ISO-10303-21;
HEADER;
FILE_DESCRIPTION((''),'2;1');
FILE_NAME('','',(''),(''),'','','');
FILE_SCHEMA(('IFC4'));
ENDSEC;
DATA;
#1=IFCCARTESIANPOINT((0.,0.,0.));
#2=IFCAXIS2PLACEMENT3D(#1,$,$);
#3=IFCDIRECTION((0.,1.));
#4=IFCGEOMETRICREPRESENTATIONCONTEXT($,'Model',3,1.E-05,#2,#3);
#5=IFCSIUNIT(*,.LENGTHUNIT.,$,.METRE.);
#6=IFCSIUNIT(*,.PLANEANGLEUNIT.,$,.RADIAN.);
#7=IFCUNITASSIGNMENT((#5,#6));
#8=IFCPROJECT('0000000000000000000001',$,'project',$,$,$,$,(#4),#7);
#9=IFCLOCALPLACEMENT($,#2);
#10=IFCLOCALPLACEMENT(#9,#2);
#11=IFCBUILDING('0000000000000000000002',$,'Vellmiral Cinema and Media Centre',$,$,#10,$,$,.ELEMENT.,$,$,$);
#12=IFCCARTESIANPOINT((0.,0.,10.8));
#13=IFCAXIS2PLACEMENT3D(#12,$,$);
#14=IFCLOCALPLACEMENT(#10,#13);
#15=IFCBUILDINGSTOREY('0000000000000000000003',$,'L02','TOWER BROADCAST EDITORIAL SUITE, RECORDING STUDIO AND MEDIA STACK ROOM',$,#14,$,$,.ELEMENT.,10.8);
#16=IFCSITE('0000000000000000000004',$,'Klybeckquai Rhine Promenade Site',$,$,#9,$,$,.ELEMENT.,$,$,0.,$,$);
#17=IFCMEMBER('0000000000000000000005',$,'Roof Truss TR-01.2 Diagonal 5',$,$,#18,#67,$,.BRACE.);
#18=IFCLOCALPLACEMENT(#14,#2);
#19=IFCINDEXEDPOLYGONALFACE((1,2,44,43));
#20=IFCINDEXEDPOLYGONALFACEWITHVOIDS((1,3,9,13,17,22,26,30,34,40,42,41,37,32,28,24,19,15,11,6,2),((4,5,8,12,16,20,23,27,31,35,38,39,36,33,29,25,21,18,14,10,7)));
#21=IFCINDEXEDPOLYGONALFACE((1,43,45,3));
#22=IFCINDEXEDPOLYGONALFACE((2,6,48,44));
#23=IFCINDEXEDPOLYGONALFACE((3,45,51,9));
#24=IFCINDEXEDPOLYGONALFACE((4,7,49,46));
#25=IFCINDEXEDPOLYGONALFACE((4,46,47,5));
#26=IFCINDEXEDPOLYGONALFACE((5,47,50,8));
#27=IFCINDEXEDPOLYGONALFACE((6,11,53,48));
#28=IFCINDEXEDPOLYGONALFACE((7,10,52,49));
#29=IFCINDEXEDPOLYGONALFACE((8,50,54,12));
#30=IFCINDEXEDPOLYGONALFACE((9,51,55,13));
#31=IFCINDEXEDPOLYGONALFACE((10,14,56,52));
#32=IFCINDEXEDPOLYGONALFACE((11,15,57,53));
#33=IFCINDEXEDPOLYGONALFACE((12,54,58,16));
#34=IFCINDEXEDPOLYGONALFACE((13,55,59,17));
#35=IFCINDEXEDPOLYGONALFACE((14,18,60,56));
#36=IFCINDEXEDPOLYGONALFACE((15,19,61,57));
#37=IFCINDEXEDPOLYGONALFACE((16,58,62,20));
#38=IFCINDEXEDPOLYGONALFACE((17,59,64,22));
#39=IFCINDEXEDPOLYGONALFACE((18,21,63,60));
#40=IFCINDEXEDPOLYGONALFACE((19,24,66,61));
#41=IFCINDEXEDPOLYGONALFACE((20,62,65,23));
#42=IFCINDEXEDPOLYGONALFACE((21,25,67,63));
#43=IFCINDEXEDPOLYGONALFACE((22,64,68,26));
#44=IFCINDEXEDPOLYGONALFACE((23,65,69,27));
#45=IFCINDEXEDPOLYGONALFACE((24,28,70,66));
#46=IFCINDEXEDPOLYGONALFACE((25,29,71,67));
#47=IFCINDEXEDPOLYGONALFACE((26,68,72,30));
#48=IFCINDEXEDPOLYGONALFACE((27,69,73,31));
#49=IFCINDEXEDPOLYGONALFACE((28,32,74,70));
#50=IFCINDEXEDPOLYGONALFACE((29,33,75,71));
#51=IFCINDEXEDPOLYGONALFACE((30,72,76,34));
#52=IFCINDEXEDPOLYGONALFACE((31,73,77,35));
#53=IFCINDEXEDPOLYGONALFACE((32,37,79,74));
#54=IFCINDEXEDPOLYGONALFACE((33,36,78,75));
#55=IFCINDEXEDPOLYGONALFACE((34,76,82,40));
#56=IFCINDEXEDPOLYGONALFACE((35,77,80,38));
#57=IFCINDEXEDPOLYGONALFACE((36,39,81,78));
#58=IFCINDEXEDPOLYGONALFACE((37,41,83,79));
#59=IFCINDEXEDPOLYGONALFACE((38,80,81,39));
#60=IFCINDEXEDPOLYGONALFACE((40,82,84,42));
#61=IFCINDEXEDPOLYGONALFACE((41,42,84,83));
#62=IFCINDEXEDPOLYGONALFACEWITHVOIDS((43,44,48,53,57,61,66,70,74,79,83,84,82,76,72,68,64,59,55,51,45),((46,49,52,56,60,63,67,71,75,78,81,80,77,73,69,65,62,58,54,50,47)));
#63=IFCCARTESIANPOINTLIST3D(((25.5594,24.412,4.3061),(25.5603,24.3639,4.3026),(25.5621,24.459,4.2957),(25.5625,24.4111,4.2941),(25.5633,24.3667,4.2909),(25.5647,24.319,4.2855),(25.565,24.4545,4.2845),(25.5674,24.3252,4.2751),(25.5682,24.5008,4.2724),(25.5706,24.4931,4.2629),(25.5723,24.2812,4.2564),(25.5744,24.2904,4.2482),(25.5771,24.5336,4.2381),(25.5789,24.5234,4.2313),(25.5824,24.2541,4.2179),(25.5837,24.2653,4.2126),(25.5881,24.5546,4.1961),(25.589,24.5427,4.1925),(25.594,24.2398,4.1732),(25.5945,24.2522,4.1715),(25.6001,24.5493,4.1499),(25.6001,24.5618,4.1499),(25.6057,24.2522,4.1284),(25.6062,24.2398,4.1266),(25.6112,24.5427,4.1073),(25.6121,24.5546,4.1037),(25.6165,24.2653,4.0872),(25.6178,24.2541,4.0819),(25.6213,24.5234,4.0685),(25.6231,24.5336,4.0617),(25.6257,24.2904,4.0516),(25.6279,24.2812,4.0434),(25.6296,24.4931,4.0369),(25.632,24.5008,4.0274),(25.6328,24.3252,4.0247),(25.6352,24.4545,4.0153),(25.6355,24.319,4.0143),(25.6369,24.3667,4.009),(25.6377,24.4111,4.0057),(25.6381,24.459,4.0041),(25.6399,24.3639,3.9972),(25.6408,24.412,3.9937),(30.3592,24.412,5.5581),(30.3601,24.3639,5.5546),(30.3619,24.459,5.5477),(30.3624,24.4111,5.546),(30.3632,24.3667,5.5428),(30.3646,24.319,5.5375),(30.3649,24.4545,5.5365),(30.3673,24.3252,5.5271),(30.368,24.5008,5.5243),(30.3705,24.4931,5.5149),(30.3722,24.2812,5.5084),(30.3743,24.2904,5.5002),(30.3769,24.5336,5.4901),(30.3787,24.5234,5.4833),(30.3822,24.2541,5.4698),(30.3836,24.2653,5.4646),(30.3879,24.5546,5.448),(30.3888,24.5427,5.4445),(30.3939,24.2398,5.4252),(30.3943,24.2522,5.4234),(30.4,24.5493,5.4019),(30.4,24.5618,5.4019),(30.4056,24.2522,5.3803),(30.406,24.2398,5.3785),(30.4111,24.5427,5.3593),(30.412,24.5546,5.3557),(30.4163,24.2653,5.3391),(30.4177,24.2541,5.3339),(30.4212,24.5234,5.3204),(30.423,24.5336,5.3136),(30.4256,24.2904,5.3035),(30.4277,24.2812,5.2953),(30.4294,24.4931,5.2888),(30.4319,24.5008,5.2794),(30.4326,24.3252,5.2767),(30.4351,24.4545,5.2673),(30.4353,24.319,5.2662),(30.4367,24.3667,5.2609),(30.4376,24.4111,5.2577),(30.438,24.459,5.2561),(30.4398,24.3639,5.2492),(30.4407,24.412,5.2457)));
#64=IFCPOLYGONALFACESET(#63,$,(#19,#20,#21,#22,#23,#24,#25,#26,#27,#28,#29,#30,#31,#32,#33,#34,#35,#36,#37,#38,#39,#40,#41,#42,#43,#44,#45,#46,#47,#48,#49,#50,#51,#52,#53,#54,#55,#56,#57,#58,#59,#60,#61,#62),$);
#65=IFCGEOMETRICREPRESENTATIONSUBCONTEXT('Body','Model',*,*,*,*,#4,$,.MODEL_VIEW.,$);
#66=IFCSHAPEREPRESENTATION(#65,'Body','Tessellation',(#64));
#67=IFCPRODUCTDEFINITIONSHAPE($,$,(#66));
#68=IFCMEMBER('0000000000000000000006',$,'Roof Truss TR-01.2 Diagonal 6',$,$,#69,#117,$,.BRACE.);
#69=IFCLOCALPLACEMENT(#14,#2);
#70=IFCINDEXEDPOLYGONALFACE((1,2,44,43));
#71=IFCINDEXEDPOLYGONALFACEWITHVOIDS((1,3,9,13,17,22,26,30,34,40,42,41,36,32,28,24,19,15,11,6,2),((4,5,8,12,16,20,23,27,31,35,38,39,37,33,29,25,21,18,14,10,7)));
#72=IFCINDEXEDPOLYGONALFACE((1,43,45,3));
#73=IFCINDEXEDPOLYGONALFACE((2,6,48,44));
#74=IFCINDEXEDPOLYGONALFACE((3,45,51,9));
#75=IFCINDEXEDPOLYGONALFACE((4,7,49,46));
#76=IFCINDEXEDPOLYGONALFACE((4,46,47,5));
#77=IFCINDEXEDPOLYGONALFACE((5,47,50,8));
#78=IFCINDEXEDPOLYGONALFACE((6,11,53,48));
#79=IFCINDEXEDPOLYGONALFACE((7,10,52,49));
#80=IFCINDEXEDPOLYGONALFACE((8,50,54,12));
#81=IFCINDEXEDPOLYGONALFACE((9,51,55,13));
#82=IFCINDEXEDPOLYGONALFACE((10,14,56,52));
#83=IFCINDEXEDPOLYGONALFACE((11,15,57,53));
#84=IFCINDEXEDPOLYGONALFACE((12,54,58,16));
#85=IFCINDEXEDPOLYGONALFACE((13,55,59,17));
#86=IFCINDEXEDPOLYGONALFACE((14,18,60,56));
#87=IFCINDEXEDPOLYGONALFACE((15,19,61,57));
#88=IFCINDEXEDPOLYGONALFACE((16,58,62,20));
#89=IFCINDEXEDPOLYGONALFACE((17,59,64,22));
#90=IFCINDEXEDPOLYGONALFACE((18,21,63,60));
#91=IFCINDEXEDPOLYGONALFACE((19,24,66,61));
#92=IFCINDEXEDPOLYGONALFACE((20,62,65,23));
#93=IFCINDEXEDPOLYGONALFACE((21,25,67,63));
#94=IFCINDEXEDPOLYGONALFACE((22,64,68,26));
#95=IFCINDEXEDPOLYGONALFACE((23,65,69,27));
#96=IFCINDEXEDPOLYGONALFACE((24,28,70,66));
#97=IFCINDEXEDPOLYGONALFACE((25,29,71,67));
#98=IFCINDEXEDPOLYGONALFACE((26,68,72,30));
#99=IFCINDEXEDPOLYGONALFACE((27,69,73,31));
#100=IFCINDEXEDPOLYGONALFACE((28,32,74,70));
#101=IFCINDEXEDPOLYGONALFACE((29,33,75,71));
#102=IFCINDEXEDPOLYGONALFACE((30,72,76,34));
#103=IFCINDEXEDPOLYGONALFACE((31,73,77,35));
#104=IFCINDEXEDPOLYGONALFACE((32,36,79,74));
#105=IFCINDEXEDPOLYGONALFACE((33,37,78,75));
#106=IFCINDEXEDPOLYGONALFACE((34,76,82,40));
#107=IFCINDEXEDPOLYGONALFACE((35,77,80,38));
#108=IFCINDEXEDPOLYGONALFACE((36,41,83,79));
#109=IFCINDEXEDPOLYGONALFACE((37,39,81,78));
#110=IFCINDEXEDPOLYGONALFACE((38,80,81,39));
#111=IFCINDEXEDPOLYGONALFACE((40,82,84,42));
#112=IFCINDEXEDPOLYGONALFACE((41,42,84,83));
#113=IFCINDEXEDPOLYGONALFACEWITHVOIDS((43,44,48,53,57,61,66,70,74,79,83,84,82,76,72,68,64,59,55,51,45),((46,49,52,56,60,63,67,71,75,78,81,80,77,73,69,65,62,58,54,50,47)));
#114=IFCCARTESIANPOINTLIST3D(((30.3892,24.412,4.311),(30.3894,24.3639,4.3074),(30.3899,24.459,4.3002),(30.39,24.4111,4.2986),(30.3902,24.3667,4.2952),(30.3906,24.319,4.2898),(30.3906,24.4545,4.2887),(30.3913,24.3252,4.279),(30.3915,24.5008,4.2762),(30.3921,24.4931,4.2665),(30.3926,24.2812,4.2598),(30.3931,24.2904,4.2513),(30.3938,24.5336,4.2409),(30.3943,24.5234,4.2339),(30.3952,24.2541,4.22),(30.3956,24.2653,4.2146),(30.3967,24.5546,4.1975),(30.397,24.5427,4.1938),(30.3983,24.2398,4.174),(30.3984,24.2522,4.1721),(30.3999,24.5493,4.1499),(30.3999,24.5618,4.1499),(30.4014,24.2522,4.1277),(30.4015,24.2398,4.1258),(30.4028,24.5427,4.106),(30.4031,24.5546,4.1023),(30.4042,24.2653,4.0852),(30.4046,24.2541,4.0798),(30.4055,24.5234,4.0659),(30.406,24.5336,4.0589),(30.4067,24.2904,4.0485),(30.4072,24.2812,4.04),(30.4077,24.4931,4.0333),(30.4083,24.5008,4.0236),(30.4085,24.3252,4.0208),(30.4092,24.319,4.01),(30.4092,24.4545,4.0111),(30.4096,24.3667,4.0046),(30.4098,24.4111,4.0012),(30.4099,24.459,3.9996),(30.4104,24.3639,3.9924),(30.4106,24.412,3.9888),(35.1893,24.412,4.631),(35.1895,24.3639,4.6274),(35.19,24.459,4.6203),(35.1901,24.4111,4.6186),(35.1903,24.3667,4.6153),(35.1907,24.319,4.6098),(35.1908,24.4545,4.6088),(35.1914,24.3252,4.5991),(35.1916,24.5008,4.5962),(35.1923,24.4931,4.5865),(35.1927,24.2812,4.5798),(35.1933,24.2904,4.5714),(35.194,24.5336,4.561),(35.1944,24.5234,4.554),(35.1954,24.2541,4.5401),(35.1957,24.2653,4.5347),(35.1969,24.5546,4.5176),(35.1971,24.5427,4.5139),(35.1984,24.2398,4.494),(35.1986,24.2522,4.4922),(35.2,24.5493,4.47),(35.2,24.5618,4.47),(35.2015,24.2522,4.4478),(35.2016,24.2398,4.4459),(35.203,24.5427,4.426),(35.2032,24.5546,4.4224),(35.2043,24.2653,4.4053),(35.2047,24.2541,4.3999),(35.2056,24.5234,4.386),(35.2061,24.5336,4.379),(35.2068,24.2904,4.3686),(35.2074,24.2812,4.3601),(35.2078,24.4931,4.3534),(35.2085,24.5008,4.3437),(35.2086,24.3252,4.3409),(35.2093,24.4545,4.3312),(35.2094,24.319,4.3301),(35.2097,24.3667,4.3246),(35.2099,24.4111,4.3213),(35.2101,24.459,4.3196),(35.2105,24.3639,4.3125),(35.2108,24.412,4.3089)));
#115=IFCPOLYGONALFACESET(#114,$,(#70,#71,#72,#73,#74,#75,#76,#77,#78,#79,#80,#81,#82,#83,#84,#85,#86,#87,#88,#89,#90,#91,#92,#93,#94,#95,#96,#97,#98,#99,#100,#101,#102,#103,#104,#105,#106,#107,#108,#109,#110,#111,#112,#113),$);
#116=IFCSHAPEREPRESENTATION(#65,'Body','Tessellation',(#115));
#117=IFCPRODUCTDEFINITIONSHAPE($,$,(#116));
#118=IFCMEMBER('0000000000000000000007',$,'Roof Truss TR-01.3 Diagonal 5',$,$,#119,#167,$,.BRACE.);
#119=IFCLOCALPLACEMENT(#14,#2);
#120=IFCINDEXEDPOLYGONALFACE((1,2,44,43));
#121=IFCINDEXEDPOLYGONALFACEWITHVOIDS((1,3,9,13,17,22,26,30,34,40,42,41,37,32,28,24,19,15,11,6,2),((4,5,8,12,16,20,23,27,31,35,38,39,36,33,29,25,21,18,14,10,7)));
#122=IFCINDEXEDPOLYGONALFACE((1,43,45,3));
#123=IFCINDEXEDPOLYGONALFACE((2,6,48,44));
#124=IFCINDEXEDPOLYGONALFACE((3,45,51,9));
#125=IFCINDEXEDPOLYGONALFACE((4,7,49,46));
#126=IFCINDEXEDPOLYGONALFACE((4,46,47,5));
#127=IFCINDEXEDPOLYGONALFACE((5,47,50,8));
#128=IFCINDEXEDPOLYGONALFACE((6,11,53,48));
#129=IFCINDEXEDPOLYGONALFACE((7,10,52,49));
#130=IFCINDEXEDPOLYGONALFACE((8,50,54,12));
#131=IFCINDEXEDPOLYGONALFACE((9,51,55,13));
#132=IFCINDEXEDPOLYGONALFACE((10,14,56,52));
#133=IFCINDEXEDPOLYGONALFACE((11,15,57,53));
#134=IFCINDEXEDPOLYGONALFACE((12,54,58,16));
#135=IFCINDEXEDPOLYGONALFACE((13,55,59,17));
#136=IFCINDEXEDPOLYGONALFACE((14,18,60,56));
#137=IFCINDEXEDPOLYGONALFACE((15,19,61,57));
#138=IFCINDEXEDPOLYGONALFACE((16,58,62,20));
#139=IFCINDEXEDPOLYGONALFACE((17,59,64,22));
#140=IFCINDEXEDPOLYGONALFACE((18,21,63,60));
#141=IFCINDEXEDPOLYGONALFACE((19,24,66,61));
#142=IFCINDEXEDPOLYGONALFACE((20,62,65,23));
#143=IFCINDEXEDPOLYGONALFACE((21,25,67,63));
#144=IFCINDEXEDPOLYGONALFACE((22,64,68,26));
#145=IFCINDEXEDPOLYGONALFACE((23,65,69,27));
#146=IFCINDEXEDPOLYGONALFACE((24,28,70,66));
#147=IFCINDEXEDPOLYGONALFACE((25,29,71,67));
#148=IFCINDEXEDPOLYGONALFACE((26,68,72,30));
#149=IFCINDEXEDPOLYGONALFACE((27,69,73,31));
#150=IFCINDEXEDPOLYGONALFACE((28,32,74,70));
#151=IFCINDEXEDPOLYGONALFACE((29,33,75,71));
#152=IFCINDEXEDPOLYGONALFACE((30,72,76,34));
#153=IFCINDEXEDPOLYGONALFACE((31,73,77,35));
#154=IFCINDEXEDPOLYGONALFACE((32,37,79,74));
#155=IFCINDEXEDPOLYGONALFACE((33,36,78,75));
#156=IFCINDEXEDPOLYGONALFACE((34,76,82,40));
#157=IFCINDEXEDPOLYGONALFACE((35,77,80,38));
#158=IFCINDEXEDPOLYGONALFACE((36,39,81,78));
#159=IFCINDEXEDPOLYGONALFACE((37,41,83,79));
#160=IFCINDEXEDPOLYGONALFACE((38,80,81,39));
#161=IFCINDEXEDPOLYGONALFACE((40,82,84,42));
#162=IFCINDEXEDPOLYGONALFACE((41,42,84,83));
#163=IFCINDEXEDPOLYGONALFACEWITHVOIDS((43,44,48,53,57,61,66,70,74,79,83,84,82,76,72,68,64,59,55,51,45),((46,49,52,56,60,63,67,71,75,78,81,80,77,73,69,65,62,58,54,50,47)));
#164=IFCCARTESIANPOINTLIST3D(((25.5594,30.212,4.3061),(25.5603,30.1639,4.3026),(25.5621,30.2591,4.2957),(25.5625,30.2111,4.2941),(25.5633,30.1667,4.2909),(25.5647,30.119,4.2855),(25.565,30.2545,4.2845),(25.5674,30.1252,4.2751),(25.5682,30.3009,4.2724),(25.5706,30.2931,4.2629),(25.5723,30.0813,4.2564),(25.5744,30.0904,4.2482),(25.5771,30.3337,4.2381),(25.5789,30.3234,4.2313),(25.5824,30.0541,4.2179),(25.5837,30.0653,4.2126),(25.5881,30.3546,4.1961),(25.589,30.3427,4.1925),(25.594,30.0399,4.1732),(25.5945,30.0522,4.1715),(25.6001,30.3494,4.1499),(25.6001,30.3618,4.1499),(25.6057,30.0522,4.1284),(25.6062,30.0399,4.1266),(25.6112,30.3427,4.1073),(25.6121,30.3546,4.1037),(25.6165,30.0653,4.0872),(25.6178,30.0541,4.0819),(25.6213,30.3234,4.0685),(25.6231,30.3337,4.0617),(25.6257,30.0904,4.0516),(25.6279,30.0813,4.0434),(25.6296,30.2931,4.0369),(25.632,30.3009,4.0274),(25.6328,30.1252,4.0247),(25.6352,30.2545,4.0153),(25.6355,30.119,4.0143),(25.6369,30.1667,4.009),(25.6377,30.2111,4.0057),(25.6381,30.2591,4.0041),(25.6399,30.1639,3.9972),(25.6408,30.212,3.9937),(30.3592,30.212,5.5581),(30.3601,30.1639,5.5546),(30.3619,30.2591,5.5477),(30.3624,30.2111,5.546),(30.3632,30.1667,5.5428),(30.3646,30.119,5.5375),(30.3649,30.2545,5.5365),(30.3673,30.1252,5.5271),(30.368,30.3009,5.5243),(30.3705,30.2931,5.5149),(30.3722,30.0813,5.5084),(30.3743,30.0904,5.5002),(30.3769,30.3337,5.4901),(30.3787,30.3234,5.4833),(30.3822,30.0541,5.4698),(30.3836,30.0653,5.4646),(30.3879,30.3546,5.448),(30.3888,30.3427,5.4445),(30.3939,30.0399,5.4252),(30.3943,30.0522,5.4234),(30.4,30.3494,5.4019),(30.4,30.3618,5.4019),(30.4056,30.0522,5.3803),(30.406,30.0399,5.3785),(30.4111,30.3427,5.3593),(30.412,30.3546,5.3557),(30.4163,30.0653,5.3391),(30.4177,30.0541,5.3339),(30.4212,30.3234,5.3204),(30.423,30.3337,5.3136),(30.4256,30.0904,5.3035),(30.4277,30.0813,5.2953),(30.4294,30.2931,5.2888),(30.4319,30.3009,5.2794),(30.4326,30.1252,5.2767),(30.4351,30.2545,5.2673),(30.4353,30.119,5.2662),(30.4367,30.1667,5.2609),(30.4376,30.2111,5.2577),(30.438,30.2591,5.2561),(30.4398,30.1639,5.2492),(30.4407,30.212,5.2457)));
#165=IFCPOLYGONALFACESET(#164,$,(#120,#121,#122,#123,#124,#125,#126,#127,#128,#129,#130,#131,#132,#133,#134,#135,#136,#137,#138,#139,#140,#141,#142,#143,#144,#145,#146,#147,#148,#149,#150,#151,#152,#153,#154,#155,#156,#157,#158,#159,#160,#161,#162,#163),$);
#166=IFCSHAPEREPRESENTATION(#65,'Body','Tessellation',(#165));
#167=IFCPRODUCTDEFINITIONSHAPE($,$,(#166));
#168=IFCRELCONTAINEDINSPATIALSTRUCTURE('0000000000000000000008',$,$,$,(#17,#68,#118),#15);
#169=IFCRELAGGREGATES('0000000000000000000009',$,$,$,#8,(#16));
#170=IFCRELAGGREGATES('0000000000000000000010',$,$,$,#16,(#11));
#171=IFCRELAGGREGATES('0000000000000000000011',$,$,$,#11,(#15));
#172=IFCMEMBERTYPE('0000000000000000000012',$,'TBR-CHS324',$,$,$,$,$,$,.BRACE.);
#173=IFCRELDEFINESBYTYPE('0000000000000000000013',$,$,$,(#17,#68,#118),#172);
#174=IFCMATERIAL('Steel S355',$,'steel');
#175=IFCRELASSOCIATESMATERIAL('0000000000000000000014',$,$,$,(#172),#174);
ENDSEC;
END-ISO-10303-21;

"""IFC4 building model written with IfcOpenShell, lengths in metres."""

from ifc_helpers import new_model, si_unit, direction, frame, origin, origin_2d, place, context, subcontext, project, spatial, hollow_circle, extrude, material, material_profile, profile_set, type_object, element, save


model = new_model("IFC4")

# Units and contexts
model_context = context("Model", 3, precision=1e-05, world=origin(), true_north=direction((0.0, 1.0)))
body_context = subcontext(model_context, "Body", "Model", "MODEL_VIEW")
ifc_project = project(units=[si_unit("LENGTHUNIT", "METRE"), si_unit("PLANEANGLEUNIT", "RADIAN")], contexts=[model_context])

# Site, building, storey
site_placement = place(None, origin())
site = spatial("IfcSite", under=ifc_project, at=site_placement, Name="Klybeckquai Rhine Promenade Site", CompositionType="ELEMENT", RefElevation=0.0)
building_placement = place(site_placement, origin())
building = spatial("IfcBuilding", under=site, at=building_placement, Name="Vellmiral Cinema and Media Centre", CompositionType="ELEMENT")
storey_placement = place(building_placement, frame((0.0, 0.0, 10.8)))
storey = spatial("IfcBuildingStorey", under=building, at=storey_placement, Name="L02", Description="TOWER BROADCAST EDITORIAL SUITE, RECORDING STUDIO AND MEDIA STACK ROOM", CompositionType="ELEMENT", Elevation=10.8)

# Members
ifc_material_1 = material(Name="Steel S355", Category="steel")
ifc_material_profile_1 = material_profile(ifc_material_1, hollow_circle(Radius=0.1619, WallThickness=0.0125, at=origin_2d()), Name="CHS 323.9x12.5")
ifc_profile_set_1 = profile_set([ifc_material_profile_1], Name="Steel S355")
member_type_1 = type_object("IfcMemberType", Name="TBR-CHS324", PredefinedType="BRACE", material=ifc_profile_set_1)
member_1_placement = place(storey_placement, frame((25.6001, 24.3999, 4.1499), z_axis=(0.967626, 0.0, 0.25239), x_axis=(0.0, 1.0, 0.0)))
element("IfcMember", 1, at=member_1_placement, inside=storey, type_object=member_type_1, Name="Roof Truss TR-01.2 Diagonal 5", PredefinedType="BRACE", context=body_context, shape_type="SweptSolid", body=[
    extrude(hollow_circle(Radius=0.1619, WallThickness=0.0125, at=origin_2d()), origin(), (0.0, 0.0, 1.0), 4.9604),
])
member_2_placement = place(storey_placement, frame((30.3999, 24.3999, 4.1499), z_axis=(0.997784, 0.0, 0.066532), x_axis=(0.0, 1.0, 0.0)))
element("IfcMember", 2, at=member_2_placement, inside=storey, type_object=member_type_1, Name="Roof Truss TR-01.2 Diagonal 6", PredefinedType="BRACE", context=body_context, shape_type="SweptSolid", body=[
    extrude(hollow_circle(Radius=0.1619, WallThickness=0.0125, at=origin_2d()), origin(), (0.0, 0.0, 1.0), 4.8108),
])
member_3_placement = place(storey_placement, frame((25.6001, 30.2, 4.1499), z_axis=(0.967626, 0.0, 0.25239), x_axis=(0.0, 1.0, 0.0)))
element("IfcMember", 3, at=member_3_placement, inside=storey, type_object=member_type_1, Name="Roof Truss TR-01.3 Diagonal 5", PredefinedType="BRACE", context=body_context, shape_type="SweptSolid", body=[
    extrude(hollow_circle(Radius=0.1619, WallThickness=0.0125, at=origin_2d()), origin(), (0.0, 0.0, 1.0), 4.9604),
])

save(model, "model.ifc")
